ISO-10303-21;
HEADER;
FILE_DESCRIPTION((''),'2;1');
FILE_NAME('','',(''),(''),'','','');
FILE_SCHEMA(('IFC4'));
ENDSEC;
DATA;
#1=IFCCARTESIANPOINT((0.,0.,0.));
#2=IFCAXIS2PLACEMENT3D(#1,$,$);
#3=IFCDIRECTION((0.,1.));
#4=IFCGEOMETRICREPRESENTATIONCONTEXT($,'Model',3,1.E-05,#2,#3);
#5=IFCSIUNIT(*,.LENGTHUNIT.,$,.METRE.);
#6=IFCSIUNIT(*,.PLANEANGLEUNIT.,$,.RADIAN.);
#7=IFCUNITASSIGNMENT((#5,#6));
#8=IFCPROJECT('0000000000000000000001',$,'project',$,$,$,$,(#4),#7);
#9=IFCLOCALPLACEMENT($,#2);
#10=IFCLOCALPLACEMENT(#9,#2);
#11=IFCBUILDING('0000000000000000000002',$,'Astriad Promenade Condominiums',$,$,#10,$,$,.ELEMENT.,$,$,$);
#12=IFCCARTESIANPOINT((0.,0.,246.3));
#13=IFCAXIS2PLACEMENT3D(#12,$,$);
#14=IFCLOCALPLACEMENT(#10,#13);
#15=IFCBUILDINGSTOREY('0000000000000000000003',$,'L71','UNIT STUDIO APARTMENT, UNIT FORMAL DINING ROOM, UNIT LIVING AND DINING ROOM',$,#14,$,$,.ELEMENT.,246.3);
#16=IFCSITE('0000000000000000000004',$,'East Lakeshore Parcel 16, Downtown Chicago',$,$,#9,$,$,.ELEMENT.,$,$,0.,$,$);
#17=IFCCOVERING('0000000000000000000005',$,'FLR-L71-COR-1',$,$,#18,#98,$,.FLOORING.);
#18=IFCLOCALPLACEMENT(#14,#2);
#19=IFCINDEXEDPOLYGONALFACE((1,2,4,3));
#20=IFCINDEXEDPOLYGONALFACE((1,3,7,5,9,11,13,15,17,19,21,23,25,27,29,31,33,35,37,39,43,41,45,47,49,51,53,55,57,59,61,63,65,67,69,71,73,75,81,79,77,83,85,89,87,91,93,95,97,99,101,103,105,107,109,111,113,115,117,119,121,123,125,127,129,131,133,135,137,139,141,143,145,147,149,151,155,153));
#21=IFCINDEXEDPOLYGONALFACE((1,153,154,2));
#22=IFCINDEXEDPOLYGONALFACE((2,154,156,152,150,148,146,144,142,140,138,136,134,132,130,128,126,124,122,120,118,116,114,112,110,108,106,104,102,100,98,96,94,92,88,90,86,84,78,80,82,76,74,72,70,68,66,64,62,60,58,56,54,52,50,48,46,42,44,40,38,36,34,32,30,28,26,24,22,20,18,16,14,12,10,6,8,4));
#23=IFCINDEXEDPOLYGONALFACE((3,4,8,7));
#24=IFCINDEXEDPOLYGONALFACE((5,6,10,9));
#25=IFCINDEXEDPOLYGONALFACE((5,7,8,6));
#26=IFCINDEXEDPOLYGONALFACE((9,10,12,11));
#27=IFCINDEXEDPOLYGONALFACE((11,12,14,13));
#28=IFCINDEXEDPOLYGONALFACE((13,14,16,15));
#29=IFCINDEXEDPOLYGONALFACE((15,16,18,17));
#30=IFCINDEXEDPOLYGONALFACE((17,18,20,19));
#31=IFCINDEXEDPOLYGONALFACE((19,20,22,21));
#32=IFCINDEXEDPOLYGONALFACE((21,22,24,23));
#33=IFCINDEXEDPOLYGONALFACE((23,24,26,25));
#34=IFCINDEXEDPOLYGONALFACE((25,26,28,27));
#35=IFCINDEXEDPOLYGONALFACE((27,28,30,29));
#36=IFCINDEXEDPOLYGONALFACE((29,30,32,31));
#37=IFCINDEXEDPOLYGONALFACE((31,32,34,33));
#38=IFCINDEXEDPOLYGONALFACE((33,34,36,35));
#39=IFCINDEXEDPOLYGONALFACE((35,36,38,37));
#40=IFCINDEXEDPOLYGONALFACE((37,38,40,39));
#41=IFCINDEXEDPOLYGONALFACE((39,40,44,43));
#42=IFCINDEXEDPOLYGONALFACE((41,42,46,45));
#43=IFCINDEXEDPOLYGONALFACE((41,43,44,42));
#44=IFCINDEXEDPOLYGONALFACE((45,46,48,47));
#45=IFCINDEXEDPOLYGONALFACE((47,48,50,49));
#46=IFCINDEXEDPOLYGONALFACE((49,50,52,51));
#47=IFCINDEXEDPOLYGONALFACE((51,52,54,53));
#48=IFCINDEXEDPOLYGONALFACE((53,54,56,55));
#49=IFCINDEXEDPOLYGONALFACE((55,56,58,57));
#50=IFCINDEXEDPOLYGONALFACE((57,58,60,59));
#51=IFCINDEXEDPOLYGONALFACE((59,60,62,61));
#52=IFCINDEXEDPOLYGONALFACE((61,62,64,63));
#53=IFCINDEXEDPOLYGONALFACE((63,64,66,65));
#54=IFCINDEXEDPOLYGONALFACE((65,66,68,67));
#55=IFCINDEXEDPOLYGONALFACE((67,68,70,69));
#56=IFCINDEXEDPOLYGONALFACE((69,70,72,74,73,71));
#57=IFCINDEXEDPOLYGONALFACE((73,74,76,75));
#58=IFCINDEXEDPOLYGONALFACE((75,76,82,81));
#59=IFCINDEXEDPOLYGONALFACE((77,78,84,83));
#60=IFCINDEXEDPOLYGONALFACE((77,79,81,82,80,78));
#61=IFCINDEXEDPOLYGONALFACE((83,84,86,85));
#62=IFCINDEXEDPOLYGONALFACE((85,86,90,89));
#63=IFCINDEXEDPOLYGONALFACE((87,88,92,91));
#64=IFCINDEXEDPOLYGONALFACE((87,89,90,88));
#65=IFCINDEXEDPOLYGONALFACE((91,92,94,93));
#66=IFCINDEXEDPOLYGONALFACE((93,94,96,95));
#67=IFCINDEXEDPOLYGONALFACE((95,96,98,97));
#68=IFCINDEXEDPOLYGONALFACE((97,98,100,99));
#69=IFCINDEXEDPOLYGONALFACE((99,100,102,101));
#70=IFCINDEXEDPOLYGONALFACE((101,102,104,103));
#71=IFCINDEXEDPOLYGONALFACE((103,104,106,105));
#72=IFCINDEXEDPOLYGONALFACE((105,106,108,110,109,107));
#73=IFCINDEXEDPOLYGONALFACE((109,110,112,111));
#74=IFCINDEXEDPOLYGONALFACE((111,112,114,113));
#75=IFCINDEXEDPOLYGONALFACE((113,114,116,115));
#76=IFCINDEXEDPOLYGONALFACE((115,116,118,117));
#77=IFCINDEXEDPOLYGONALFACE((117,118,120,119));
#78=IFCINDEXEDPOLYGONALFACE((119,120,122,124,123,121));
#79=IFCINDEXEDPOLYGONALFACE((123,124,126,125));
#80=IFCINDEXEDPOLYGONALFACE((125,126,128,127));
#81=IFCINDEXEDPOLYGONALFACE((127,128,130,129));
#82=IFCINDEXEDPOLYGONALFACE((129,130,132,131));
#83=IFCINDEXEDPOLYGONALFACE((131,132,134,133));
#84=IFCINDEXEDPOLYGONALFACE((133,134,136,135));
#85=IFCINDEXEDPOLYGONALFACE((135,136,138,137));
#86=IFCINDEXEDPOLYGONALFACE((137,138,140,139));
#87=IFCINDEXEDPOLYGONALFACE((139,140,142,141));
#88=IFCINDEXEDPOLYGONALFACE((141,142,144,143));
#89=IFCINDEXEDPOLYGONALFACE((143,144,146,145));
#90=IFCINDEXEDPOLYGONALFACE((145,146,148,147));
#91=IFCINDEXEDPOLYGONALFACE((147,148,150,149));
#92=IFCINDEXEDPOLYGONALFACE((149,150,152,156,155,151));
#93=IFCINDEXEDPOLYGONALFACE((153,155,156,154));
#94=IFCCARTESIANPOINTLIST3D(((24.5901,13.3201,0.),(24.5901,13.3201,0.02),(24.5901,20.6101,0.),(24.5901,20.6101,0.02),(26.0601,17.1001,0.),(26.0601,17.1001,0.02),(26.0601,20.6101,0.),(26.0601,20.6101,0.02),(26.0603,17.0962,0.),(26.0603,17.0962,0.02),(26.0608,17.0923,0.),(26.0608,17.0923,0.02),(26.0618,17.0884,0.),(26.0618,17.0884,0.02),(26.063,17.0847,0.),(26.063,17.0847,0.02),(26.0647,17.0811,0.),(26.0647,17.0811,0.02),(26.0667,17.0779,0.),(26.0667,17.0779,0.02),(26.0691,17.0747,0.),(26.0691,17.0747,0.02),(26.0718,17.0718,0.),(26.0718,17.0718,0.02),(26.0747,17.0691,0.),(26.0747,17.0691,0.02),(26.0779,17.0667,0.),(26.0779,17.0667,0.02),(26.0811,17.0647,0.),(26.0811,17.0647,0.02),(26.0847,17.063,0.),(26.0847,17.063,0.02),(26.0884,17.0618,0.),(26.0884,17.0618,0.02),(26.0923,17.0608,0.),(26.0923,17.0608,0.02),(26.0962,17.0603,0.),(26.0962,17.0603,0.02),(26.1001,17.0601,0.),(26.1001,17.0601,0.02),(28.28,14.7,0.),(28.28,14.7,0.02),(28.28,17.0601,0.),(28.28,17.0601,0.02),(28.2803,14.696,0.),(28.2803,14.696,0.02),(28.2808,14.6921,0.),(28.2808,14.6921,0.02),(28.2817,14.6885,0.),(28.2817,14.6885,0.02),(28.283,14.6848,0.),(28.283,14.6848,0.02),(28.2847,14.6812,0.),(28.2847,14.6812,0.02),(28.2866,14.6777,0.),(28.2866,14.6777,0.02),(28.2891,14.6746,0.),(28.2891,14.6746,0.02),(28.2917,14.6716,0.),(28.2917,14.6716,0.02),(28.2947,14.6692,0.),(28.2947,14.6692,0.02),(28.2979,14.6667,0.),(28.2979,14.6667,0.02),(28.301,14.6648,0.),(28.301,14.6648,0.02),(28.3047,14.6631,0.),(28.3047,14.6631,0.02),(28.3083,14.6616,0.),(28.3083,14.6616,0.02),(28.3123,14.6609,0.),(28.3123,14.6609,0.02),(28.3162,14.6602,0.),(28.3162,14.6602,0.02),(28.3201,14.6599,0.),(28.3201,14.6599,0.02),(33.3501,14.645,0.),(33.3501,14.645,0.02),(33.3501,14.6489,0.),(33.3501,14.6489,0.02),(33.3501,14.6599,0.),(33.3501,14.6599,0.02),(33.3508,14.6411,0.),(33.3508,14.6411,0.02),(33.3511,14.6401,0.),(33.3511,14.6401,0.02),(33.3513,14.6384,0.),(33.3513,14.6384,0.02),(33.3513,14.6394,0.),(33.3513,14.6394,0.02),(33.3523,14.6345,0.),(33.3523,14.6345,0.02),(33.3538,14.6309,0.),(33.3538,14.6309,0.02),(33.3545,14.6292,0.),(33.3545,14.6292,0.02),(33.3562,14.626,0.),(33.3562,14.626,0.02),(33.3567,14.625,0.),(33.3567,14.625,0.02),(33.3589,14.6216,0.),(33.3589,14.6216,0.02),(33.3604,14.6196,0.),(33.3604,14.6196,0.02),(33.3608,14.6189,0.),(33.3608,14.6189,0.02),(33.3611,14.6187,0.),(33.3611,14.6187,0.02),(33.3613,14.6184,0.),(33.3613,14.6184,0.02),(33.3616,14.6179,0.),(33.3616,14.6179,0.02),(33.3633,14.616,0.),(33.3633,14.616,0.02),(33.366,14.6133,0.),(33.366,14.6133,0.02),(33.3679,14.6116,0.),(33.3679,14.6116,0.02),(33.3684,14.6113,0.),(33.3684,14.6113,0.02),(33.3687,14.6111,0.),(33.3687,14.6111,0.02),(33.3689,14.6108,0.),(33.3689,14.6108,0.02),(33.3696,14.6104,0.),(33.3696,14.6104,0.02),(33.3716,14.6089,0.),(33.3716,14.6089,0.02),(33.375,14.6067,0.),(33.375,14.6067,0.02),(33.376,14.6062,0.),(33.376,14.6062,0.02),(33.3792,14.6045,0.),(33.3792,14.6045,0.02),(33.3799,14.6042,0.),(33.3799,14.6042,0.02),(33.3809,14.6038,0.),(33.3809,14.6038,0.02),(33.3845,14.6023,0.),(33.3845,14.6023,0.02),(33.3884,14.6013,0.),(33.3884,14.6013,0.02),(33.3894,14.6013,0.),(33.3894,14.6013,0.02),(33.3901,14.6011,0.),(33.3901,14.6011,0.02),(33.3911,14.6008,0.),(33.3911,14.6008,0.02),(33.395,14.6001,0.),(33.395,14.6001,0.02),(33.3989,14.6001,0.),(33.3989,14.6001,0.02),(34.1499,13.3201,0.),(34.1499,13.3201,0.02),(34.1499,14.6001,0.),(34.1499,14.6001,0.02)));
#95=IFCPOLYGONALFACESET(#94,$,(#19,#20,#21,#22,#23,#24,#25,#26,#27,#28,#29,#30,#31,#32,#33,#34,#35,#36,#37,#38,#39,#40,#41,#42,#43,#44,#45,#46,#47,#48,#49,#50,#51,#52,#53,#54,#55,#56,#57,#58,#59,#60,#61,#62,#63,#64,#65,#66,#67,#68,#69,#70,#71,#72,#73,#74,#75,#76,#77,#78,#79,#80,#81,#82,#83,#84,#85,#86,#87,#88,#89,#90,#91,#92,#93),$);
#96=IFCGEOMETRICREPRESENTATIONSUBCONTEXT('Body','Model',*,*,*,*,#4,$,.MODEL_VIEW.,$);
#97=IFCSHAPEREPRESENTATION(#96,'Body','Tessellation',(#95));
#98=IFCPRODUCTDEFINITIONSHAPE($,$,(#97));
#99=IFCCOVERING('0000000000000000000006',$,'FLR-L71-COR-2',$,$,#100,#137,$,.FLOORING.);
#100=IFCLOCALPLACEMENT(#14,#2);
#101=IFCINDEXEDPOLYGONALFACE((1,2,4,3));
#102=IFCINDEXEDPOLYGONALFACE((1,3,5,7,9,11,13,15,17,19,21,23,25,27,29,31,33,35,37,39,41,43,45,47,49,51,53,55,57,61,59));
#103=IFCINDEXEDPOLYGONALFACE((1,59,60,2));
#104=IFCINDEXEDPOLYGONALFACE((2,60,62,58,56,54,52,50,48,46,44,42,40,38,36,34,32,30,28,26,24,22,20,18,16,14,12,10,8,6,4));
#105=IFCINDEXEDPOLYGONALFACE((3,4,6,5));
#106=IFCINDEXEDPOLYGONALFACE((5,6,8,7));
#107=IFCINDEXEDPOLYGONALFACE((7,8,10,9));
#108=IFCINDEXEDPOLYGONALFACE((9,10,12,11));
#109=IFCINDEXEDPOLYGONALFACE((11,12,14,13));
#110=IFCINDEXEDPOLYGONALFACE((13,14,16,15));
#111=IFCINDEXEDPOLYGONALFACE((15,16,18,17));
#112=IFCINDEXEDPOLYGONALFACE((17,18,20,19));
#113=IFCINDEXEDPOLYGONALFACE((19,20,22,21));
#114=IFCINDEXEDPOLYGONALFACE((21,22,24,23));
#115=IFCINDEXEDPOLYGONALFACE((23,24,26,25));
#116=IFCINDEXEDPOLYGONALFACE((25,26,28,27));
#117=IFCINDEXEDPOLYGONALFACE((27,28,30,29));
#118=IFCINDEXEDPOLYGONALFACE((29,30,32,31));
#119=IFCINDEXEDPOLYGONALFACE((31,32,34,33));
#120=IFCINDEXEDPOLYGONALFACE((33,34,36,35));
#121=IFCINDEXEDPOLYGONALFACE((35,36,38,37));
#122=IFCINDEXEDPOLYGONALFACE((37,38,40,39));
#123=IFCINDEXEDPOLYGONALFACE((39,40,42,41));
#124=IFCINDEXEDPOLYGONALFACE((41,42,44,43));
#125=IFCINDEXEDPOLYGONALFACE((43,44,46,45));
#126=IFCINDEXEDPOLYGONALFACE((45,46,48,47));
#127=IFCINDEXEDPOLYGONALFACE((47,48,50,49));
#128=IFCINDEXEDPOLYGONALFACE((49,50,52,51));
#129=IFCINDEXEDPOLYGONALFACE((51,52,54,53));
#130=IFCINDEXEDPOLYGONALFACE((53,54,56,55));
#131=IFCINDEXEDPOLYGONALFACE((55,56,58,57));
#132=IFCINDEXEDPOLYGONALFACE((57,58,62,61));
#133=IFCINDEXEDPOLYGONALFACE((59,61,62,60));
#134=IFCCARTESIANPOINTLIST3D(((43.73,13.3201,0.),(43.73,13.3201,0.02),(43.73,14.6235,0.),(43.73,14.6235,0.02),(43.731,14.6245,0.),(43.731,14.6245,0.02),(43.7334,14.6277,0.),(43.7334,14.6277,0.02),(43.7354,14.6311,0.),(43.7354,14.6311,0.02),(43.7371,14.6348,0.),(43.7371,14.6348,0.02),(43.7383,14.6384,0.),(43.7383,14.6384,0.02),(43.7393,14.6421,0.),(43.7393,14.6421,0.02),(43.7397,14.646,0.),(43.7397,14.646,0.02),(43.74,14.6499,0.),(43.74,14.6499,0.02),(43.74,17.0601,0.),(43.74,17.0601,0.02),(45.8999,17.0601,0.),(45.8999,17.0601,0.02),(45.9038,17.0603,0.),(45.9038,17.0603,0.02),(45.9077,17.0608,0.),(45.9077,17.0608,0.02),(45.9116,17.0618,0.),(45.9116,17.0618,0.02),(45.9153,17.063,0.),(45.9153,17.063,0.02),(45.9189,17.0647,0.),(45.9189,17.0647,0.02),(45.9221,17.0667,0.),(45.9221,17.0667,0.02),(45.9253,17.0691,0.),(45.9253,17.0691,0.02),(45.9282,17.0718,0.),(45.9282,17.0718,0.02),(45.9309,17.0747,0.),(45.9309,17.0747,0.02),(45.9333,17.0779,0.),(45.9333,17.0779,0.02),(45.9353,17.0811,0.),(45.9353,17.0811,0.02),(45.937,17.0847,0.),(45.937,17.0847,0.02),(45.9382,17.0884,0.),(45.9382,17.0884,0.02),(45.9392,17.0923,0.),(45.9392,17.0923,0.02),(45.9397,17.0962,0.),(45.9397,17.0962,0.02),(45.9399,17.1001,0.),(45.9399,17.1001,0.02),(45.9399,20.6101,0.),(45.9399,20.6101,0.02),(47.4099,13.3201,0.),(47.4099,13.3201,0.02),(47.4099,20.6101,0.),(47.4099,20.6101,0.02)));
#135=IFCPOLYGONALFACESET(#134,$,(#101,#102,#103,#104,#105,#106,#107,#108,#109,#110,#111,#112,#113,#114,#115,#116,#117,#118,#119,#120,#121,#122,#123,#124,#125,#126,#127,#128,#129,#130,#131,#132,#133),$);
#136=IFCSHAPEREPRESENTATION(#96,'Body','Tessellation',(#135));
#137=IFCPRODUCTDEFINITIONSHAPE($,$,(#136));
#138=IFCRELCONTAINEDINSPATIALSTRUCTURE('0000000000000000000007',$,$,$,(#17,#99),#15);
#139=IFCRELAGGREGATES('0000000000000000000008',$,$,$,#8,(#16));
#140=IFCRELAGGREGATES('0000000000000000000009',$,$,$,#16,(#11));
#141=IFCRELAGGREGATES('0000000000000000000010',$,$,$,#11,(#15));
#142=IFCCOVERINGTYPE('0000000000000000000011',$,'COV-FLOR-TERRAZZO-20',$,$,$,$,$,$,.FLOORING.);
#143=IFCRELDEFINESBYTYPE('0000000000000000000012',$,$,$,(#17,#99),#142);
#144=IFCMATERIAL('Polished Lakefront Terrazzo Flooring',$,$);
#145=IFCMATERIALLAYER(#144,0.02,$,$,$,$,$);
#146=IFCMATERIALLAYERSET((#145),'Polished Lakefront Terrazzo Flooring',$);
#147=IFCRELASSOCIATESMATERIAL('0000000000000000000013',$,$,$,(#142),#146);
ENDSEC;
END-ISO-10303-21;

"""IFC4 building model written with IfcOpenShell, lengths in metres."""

from ifc_helpers import new_model, si_unit, direction, frame, origin, place, context, subcontext, project, spatial, polyline, outline, extrude, material, layer, layer_set, type_object, element, save


model = new_model("IFC4")

# Units and contexts
model_context = context("Model", 3, precision=1e-05, world=origin(), true_north=direction((0.0, 1.0)))
body_context = subcontext(model_context, "Body", "Model", "MODEL_VIEW")
ifc_project = project(units=[si_unit("LENGTHUNIT", "METRE"), si_unit("PLANEANGLEUNIT", "RADIAN")], contexts=[model_context])

# Site, building, storey
site_placement = place(None, origin())
site = spatial("IfcSite", under=ifc_project, at=site_placement, Name="East Lakeshore Parcel 16, Downtown Chicago", CompositionType="ELEMENT", RefElevation=0.0)
building_placement = place(site_placement, origin())
building = spatial("IfcBuilding", under=site, at=building_placement, Name="Astriad Promenade Condominiums", CompositionType="ELEMENT")
storey_placement = place(building_placement, frame((0.0, 0.0, 246.3)))
storey = spatial("IfcBuildingStorey", under=building, at=storey_placement, Name="L71", Description="UNIT STUDIO APARTMENT, UNIT FORMAL DINING ROOM, UNIT LIVING AND DINING ROOM", CompositionType="ELEMENT", Elevation=246.3)

# Coverings
ifc_material_1 = material(Name="Polished Lakefront Terrazzo Flooring")
ifc_layer_1 = layer(ifc_material_1, 0.02)
ifc_layer_set_1 = layer_set([ifc_layer_1], Name="Polished Lakefront Terrazzo Flooring")
covering_type = type_object("IfcCoveringType", Name="COV-FLOR-TERRAZZO-20", PredefinedType="FLOORING", material=ifc_layer_set_1)
covering_1_placement = place(storey_placement, origin())
element("IfcCovering", 1, at=covering_1_placement, inside=storey, type_object=covering_type, Name="FLR-L71-COR-1", PredefinedType="FLOORING", context=body_context, shape_type="SweptSolid", body=[
    extrude(outline(polyline([(24.5901, 20.6101), (26.0601, 20.6101), (26.0601, 17.1001), (26.0603, 17.0962), (26.0608, 17.0923), (26.0618, 17.0884), (26.063, 17.0847), (26.0647, 17.0811), (26.0667, 17.0779), (26.0691, 17.0747), (26.0718, 17.0718), (26.0747, 17.0691), (26.0779, 17.0667), (26.0811, 17.0647), (26.0847, 17.063), (26.0884, 17.0618), (26.0923, 17.0608), (26.0962, 17.0603), (26.1001, 17.0601), (28.28, 17.0601), (28.28, 14.7), (28.2803, 14.696), (28.2808, 14.6921), (28.2817, 14.6885), (28.283, 14.6848), (28.2847, 14.6812), (28.2866, 14.6777), (28.2891, 14.6746), (28.2917, 14.6716), (28.2947, 14.6692), (28.2979, 14.6667), (28.301, 14.6648), (28.3047, 14.6631), (28.3083, 14.6616), (28.3123, 14.6609), (28.3162, 14.6602), (28.3201, 14.6599), (33.3501, 14.6599), (33.3501, 14.6489), (33.3501, 14.645), (33.3508, 14.6411), (33.3511, 14.6401), (33.3513, 14.6394), (33.3513, 14.6384), (33.3523, 14.6345), (33.3538, 14.6309), (33.3545, 14.6292), (33.3562, 14.626), (33.3567, 14.625), (33.3589, 14.6216), (33.3604, 14.6196), (33.3608, 14.6189), (33.3611, 14.6187), (33.3613, 14.6184), (33.3616, 14.6179), (33.3633, 14.616), (33.366, 14.6133), (33.3679, 14.6116), (33.3684, 14.6113), (33.3687, 14.6111), (33.3689, 14.6108), (33.3696, 14.6104), (33.3716, 14.6089), (33.375, 14.6067), (33.376, 14.6062), (33.3792, 14.6045), (33.3799, 14.6042), (33.3809, 14.6038), (33.3845, 14.6023), (33.3884, 14.6013), (33.3894, 14.6013), (33.3901, 14.6011), (33.3911, 14.6008), (33.395, 14.6001), (33.3989, 14.6001), (34.1499, 14.6001), (34.1499, 13.3201), (24.5901, 13.3201), (24.5901, 20.6101)])), origin(), (0.0, 0.0, 1.0), 0.02),
])
covering_2_placement = place(storey_placement, origin())
element("IfcCovering", 2, at=covering_2_placement, inside=storey, type_object=covering_type, Name="FLR-L71-COR-2", PredefinedType="FLOORING", context=body_context, shape_type="SweptSolid", body=[
    extrude(outline(polyline([(43.73, 14.6235), (43.731, 14.6245), (43.7334, 14.6277), (43.7354, 14.6311), (43.7371, 14.6348), (43.7383, 14.6384), (43.7393, 14.6421), (43.7397, 14.646), (43.74, 14.6499), (43.74, 17.0601), (45.8999, 17.0601), (45.9038, 17.0603), (45.9077, 17.0608), (45.9116, 17.0618), (45.9153, 17.063), (45.9189, 17.0647), (45.9221, 17.0667), (45.9253, 17.0691), (45.9282, 17.0718), (45.9309, 17.0747), (45.9333, 17.0779), (45.9353, 17.0811), (45.937, 17.0847), (45.9382, 17.0884), (45.9392, 17.0923), (45.9397, 17.0962), (45.9399, 17.1001), (45.9399, 20.6101), (47.4099, 20.6101), (47.4099, 13.3201), (43.73, 13.3201), (43.73, 14.6235)])), origin(), (0.0, 0.0, 1.0), 0.02),
])

save(model, "model.ifc")
